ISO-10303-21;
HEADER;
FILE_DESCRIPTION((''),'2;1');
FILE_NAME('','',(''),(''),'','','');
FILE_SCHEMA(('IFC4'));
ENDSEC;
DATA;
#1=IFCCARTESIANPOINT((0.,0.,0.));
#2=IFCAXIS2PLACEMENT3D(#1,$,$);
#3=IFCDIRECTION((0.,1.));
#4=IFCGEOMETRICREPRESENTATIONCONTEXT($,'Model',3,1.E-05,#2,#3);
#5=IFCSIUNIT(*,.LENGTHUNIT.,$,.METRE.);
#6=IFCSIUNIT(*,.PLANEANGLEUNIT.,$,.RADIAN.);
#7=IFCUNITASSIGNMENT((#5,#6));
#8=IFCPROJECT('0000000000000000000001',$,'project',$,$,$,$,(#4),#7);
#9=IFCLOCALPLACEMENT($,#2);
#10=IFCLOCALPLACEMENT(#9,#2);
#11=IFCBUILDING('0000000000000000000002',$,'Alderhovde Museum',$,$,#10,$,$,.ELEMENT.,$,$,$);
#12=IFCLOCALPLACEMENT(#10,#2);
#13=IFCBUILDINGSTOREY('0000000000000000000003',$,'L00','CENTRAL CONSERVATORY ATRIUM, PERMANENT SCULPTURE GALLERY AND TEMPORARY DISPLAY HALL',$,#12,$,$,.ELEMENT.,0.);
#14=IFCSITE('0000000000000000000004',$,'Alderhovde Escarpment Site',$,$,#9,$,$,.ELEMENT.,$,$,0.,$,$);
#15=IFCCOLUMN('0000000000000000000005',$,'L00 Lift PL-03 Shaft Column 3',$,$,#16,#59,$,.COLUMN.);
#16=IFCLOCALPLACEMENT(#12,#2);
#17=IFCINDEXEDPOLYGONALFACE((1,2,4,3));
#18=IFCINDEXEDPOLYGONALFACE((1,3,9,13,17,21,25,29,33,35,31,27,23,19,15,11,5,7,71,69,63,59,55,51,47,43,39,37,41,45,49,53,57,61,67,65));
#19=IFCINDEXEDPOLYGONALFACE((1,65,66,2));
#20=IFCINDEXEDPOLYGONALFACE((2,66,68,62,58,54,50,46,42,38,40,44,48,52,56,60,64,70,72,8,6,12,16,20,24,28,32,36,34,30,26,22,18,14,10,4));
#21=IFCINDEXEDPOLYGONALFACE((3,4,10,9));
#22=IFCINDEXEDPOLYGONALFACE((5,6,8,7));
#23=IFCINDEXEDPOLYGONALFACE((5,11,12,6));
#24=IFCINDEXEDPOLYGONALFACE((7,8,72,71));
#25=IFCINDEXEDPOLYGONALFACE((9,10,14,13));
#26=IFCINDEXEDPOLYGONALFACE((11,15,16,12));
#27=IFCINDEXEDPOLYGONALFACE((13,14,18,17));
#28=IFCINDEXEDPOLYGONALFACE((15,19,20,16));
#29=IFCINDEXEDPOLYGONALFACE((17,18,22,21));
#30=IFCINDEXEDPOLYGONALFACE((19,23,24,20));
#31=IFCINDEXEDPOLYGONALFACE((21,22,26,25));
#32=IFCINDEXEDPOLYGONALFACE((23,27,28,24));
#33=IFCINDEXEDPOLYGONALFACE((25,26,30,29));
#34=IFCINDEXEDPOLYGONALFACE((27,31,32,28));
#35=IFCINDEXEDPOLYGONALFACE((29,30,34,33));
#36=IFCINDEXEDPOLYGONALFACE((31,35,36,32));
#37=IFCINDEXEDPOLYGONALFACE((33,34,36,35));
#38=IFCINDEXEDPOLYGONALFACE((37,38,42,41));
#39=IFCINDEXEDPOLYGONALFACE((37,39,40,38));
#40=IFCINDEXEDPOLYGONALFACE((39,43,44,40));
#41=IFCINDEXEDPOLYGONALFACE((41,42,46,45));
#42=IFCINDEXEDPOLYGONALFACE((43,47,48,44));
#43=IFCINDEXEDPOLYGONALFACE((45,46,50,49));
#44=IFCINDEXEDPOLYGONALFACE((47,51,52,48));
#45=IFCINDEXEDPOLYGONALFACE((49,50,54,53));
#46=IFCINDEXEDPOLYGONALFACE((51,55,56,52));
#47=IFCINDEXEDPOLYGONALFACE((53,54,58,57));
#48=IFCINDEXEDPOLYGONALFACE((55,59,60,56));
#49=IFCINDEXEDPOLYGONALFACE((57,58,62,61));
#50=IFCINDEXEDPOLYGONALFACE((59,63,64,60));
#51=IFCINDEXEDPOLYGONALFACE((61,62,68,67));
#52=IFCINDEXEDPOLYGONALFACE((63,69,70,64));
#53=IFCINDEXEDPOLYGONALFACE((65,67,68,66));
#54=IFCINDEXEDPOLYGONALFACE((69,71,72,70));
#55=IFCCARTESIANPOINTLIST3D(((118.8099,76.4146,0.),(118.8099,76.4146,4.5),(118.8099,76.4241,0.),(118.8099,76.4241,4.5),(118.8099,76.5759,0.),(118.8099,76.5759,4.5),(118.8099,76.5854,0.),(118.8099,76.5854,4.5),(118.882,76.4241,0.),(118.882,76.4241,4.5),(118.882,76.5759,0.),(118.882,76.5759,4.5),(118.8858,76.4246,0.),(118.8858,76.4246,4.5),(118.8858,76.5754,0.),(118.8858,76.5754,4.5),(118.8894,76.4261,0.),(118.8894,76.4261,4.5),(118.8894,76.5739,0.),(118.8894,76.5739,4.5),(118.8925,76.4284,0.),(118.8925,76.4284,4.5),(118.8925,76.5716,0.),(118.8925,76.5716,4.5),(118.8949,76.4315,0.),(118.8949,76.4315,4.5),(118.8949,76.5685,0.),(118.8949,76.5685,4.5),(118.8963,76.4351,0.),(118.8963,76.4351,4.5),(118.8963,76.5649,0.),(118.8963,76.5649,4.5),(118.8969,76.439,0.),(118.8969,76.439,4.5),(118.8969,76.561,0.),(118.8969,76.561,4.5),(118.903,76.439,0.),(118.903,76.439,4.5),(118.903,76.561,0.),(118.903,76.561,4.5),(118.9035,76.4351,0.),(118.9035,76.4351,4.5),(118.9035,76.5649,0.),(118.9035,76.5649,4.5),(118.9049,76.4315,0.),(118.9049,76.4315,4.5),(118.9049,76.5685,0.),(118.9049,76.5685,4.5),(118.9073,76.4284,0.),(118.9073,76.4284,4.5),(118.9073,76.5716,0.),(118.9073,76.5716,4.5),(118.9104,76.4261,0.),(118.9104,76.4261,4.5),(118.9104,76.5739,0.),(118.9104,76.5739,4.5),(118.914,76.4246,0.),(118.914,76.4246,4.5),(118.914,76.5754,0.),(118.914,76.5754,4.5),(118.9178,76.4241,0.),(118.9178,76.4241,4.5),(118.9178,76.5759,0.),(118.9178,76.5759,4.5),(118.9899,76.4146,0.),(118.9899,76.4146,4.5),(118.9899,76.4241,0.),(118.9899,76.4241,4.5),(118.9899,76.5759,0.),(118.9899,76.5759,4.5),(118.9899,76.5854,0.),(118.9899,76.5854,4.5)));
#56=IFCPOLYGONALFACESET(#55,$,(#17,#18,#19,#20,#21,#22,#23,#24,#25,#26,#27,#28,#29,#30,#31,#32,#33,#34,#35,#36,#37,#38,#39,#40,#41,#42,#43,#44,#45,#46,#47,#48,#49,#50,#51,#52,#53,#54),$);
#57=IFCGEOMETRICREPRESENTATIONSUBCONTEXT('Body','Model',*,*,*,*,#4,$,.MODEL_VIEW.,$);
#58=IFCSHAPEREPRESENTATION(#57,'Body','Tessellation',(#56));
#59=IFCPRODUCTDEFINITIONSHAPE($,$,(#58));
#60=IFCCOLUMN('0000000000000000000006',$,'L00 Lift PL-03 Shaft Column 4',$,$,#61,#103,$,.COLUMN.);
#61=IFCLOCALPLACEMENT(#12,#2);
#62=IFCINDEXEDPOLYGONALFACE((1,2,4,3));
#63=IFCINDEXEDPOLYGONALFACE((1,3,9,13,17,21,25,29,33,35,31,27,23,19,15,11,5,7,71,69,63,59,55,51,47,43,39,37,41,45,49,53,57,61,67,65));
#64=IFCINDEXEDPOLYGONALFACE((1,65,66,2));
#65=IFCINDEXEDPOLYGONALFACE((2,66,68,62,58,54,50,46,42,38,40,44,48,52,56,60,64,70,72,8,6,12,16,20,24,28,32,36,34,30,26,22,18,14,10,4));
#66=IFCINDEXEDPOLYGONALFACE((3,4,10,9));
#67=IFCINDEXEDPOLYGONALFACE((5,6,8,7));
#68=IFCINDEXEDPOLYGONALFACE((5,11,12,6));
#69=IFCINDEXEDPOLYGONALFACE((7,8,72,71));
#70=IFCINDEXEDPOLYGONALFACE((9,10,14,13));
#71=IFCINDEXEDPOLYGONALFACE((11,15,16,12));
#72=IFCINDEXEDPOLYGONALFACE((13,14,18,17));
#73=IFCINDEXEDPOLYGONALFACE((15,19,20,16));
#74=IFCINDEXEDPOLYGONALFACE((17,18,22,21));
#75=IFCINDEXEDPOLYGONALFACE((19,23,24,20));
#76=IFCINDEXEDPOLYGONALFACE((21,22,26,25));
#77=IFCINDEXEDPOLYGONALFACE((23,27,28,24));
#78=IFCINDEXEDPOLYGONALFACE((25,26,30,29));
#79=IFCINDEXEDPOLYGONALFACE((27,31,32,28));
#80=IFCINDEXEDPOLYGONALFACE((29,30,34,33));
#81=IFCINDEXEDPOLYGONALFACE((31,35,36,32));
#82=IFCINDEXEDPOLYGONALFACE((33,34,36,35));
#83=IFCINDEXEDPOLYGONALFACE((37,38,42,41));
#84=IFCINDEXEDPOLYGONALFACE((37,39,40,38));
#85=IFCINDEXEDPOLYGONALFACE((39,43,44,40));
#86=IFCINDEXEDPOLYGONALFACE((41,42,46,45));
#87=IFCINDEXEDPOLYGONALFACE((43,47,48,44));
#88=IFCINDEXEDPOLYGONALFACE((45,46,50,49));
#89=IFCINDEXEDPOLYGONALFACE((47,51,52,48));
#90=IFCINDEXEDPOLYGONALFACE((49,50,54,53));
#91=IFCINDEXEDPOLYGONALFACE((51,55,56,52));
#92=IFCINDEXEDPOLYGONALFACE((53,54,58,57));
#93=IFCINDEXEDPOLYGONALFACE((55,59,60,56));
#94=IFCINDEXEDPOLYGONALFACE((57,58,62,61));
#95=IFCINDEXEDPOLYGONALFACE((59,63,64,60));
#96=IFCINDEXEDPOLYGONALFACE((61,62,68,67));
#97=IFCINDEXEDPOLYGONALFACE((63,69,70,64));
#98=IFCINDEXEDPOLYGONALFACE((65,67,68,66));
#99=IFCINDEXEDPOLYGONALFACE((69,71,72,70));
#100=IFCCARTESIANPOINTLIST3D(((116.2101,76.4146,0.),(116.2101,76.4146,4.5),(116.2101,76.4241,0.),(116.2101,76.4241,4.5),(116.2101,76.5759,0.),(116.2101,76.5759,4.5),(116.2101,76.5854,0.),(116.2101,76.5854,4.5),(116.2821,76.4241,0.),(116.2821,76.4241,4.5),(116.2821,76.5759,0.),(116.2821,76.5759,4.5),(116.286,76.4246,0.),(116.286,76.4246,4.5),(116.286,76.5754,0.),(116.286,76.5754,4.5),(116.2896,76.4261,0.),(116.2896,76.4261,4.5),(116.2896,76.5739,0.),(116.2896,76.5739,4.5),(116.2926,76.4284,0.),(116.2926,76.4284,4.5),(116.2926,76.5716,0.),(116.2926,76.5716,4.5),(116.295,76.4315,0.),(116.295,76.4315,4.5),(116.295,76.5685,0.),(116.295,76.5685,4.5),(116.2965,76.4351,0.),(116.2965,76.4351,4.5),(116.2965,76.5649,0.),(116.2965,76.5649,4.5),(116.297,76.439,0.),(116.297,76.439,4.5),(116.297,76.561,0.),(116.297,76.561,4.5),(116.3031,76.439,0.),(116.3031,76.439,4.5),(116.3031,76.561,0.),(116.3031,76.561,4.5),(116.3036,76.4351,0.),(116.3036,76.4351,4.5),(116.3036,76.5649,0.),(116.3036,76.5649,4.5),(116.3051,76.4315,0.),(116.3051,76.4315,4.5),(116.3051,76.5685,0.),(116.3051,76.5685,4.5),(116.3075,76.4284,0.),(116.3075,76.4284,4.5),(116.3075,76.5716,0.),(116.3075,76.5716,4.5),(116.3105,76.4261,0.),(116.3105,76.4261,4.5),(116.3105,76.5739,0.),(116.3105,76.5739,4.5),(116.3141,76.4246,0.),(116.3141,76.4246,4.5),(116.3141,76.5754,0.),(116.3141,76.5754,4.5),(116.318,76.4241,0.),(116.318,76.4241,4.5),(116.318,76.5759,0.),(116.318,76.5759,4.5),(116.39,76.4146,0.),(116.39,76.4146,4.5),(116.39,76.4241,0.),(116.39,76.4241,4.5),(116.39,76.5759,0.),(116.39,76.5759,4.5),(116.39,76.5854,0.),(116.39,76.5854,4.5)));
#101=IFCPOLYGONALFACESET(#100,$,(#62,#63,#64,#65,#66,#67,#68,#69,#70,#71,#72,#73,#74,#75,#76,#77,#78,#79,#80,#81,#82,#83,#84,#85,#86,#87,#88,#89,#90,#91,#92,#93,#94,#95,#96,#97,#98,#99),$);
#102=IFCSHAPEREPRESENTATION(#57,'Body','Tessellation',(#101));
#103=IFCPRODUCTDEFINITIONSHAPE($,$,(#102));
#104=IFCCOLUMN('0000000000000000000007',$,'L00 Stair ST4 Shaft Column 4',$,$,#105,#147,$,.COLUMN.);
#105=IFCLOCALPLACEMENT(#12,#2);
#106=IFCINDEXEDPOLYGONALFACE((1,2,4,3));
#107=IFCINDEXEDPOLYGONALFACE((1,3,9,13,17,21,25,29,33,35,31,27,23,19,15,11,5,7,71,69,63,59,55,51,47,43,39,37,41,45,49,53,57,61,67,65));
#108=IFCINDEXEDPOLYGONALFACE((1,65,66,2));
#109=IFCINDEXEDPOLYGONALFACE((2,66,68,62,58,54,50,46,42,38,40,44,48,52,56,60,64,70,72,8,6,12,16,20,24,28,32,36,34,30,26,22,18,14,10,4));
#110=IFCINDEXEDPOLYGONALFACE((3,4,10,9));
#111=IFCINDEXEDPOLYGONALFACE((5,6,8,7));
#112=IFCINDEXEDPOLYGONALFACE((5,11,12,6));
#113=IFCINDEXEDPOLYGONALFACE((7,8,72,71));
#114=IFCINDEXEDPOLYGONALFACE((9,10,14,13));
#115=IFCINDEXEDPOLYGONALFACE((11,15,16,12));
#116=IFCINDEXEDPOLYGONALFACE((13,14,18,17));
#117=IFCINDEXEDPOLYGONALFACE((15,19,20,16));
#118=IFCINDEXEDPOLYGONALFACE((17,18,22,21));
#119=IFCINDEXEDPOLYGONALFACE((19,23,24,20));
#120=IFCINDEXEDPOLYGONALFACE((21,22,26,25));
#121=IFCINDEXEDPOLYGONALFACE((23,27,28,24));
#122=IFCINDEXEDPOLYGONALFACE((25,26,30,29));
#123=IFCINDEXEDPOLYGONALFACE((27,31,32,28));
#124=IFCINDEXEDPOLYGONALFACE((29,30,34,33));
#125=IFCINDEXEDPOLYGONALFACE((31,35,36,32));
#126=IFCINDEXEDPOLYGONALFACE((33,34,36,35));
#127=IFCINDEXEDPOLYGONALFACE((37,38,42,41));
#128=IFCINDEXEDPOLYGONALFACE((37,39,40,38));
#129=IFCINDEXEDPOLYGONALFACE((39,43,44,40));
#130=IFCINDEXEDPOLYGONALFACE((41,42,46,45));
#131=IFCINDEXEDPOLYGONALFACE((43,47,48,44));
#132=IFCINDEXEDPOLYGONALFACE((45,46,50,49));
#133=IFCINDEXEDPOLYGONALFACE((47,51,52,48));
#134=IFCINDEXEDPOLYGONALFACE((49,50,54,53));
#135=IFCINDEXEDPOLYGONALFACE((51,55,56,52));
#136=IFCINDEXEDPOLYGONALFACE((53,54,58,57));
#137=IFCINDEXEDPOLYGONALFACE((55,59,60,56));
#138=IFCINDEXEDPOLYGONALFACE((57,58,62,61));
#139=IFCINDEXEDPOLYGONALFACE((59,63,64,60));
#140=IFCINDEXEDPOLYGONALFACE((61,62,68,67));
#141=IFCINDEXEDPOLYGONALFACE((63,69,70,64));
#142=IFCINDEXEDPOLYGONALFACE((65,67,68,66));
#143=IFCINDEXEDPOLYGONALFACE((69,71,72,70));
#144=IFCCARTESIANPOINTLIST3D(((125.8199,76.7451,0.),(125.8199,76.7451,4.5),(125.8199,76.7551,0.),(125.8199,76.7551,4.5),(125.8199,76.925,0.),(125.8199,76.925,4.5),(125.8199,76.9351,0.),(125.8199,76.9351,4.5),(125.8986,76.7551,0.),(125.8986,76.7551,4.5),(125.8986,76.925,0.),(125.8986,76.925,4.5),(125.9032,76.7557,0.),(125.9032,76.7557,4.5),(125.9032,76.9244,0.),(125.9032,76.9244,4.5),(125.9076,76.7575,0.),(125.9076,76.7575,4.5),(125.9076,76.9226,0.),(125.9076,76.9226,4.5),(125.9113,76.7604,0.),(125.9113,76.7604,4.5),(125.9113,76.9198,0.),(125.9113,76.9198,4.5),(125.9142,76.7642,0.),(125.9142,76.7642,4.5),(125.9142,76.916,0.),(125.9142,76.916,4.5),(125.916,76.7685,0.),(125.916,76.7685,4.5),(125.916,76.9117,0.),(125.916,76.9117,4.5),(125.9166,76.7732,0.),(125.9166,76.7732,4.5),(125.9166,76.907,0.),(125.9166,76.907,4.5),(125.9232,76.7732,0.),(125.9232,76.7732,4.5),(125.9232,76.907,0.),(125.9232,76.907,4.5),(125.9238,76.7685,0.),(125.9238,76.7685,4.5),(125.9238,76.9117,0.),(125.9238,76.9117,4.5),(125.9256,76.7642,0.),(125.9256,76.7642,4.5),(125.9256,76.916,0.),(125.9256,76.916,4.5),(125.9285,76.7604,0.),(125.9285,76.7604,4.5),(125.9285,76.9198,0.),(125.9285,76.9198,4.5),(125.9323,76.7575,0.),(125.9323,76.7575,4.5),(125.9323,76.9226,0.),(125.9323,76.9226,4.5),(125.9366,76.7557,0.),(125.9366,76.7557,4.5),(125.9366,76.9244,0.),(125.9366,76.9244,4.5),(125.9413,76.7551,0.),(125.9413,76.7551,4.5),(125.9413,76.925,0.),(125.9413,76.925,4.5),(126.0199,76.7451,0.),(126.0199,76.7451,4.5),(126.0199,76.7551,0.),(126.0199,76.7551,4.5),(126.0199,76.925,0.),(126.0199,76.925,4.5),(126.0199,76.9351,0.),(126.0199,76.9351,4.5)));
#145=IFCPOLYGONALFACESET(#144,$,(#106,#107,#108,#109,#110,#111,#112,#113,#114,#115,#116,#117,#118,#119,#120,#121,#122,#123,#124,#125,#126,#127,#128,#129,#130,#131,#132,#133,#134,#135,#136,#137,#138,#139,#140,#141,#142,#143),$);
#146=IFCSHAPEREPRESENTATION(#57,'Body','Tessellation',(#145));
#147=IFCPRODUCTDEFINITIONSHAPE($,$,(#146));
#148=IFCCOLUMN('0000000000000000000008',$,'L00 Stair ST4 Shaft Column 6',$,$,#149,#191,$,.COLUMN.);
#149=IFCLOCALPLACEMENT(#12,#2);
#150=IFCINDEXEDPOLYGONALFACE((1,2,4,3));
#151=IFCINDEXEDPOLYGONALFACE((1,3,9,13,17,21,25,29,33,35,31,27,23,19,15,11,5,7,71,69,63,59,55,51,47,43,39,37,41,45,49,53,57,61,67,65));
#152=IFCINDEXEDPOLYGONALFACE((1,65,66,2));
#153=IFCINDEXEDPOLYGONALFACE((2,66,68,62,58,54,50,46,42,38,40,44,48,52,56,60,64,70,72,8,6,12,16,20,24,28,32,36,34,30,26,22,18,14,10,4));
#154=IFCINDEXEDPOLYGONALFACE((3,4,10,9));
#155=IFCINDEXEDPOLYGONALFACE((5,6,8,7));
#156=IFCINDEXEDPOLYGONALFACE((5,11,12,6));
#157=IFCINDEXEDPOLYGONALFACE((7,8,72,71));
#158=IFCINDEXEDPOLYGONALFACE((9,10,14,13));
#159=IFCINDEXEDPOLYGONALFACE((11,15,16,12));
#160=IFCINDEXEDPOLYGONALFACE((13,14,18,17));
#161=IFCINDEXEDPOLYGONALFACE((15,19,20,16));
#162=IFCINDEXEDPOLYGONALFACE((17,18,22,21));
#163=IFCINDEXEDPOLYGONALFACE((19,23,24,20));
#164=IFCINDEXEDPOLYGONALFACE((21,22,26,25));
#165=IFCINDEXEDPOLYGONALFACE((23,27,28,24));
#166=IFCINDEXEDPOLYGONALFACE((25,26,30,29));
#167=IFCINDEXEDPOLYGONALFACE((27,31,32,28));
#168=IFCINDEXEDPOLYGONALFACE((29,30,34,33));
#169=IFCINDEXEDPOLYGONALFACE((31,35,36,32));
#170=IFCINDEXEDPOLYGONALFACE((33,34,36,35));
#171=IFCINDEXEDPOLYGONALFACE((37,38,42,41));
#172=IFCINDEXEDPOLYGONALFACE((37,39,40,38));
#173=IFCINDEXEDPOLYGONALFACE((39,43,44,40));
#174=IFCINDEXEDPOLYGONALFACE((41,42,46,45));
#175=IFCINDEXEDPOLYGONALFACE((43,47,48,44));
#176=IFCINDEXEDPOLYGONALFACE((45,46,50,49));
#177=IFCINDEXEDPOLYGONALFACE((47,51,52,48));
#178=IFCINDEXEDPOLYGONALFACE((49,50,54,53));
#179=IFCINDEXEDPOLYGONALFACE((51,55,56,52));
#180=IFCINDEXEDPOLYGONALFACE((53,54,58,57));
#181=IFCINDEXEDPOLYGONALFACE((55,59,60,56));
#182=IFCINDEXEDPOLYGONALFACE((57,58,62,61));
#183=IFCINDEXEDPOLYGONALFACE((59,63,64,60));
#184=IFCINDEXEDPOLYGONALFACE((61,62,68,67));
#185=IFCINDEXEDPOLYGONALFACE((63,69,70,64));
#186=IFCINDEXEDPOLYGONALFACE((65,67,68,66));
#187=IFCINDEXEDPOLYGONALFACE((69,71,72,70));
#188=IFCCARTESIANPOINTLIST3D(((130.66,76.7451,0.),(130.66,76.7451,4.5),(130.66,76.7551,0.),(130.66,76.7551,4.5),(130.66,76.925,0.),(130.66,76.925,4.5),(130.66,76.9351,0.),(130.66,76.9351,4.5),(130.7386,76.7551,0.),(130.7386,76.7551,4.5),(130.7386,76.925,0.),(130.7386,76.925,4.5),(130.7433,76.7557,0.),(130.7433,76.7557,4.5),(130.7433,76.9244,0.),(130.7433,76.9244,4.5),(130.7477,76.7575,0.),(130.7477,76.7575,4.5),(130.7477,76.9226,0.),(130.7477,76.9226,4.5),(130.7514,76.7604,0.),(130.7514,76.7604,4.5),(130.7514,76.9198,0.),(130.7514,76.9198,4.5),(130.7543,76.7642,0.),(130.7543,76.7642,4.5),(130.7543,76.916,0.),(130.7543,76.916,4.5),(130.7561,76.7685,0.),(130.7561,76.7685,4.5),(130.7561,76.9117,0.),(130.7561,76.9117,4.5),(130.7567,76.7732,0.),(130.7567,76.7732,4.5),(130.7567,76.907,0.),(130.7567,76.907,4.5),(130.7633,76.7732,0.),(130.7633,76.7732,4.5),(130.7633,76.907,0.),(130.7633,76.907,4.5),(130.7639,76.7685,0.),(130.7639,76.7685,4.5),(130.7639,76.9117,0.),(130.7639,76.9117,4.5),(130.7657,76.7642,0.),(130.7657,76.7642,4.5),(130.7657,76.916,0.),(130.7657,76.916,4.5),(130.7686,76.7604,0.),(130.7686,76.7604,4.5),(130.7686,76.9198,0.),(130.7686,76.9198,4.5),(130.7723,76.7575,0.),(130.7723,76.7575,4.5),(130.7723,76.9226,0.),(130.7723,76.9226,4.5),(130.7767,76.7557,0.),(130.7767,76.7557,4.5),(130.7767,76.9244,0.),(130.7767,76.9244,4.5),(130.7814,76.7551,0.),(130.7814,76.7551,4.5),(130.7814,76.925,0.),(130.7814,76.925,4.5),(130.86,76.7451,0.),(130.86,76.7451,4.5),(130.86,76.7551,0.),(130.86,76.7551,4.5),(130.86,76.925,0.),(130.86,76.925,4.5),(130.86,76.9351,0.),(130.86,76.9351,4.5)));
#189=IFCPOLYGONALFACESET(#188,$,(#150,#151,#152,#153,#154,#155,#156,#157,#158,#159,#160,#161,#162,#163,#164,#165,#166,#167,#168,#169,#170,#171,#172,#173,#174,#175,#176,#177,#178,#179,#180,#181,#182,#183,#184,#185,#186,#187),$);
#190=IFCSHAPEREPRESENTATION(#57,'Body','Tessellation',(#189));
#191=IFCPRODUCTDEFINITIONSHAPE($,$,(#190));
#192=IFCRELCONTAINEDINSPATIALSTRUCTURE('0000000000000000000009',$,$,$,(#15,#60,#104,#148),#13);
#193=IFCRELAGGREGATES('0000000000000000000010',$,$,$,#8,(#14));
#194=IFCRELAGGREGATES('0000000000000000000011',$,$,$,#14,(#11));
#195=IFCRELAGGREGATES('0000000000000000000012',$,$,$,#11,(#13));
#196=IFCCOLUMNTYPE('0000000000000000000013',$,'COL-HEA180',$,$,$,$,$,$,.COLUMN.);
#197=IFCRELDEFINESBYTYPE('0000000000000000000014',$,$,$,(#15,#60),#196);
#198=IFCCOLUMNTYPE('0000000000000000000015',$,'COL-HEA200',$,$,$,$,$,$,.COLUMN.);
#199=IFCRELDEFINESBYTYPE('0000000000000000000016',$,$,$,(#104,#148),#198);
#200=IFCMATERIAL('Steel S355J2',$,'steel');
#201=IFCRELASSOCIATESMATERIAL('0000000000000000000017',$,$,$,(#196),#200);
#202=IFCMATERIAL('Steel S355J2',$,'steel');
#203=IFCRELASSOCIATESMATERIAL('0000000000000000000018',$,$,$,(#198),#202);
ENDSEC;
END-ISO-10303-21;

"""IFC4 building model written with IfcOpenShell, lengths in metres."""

from ifc_helpers import new_model, si_unit, direction, frame, origin, origin_2d, place, context, subcontext, project, spatial, i_section, extrude, material, material_profile, profile_set, type_object, element, save


model = new_model("IFC4")

# Units and contexts
model_context = context("Model", 3, precision=1e-05, world=origin(), true_north=direction((0.0, 1.0)))
body_context = subcontext(model_context, "Body", "Model", "MODEL_VIEW")
ifc_project = project(units=[si_unit("LENGTHUNIT", "METRE"), si_unit("PLANEANGLEUNIT", "RADIAN")], contexts=[model_context])

# Site, building, storey
site_placement = place(None, origin())
site = spatial("IfcSite", under=ifc_project, at=site_placement, Name="Alderhovde Escarpment Site", CompositionType="ELEMENT", RefElevation=0.0)
building_placement = place(site_placement, origin())
building = spatial("IfcBuilding", under=site, at=building_placement, Name="Alderhovde Museum", CompositionType="ELEMENT")
storey_placement = place(building_placement, origin())
storey = spatial("IfcBuildingStorey", under=building, at=storey_placement, Name="L00", Description="CENTRAL CONSERVATORY ATRIUM, PERMANENT SCULPTURE GALLERY AND TEMPORARY DISPLAY HALL", CompositionType="ELEMENT", Elevation=0.0)

# Columns
ifc_material_1 = material(Name="Steel S355J2", Category="steel")
ifc_material_profile_1 = material_profile(ifc_material_1, i_section(OverallWidth=0.1799, OverallDepth=0.1709, WebThickness=0.0061, FlangeThickness=0.0095, FilletRadius=0.0149, at=origin_2d()), Name="HEA 180")
ifc_profile_set_1 = profile_set([ifc_material_profile_1], Name="Steel S355J2")
column_type_1 = type_object("IfcColumnType", Name="COL-HEA180", PredefinedType="COLUMN", material=ifc_profile_set_1)
for number, where, z_axis, x_axis, name in (
    (1, (118.8999, 76.5, 0.0), (0.0, 0.0, 1.0), (1.0, 0.0, 0.0), "L00 Lift PL-03 Shaft Column 3"),
    (2, (116.3, 76.5, 0.0), (0.0, 0.0, 1.0), (1.0, 0.0, 0.0), "L00 Lift PL-03 Shaft Column 4"),
):
    element("IfcColumn", number, at=place(storey_placement, frame(where, z_axis=z_axis, x_axis=x_axis)), inside=storey, type_object=column_type_1, Name=name, PredefinedType="COLUMN", context=body_context, shape_type="SweptSolid", body=[
        extrude(i_section(OverallWidth=0.1799, OverallDepth=0.1709, WebThickness=0.0061, FlangeThickness=0.0095, FilletRadius=0.0149, at=origin_2d()), origin(), (0.0, 0.0, 1.0), 4.5),
    ])
ifc_material_2 = material(Name="Steel S355J2", Category="steel")
ifc_material_profile_2 = material_profile(ifc_material_2, i_section(OverallWidth=0.2, OverallDepth=0.1899, WebThickness=0.0066, FlangeThickness=0.01, FilletRadius=0.0181, at=origin_2d()), Name="HEA 200")
ifc_profile_set_2 = profile_set([ifc_material_profile_2], Name="Steel S355J2")
column_type_2 = type_object("IfcColumnType", Name="COL-HEA200", PredefinedType="COLUMN", material=ifc_profile_set_2)
for number, where, z_axis, x_axis, name in (
    (3, (125.9199, 76.8401, 0.0), (0.0, 0.0, 1.0), (1.0, 0.0, 0.0), "L00 Stair ST4 Shaft Column 4"),
    (4, (130.76, 76.8401, 0.0), (0.0, 0.0, 1.0), (1.0, 0.0, 0.0), "L00 Stair ST4 Shaft Column 6"),
):
    element("IfcColumn", number, at=place(storey_placement, frame(where, z_axis=z_axis, x_axis=x_axis)), inside=storey, type_object=column_type_2, Name=name, PredefinedType="COLUMN", context=body_context, shape_type="SweptSolid", body=[
        extrude(i_section(OverallWidth=0.2, OverallDepth=0.1899, WebThickness=0.0066, FlangeThickness=0.01, FilletRadius=0.0181, at=origin_2d()), origin(), (0.0, 0.0, 1.0), 4.5),
    ])

save(model, "model.ifc")
